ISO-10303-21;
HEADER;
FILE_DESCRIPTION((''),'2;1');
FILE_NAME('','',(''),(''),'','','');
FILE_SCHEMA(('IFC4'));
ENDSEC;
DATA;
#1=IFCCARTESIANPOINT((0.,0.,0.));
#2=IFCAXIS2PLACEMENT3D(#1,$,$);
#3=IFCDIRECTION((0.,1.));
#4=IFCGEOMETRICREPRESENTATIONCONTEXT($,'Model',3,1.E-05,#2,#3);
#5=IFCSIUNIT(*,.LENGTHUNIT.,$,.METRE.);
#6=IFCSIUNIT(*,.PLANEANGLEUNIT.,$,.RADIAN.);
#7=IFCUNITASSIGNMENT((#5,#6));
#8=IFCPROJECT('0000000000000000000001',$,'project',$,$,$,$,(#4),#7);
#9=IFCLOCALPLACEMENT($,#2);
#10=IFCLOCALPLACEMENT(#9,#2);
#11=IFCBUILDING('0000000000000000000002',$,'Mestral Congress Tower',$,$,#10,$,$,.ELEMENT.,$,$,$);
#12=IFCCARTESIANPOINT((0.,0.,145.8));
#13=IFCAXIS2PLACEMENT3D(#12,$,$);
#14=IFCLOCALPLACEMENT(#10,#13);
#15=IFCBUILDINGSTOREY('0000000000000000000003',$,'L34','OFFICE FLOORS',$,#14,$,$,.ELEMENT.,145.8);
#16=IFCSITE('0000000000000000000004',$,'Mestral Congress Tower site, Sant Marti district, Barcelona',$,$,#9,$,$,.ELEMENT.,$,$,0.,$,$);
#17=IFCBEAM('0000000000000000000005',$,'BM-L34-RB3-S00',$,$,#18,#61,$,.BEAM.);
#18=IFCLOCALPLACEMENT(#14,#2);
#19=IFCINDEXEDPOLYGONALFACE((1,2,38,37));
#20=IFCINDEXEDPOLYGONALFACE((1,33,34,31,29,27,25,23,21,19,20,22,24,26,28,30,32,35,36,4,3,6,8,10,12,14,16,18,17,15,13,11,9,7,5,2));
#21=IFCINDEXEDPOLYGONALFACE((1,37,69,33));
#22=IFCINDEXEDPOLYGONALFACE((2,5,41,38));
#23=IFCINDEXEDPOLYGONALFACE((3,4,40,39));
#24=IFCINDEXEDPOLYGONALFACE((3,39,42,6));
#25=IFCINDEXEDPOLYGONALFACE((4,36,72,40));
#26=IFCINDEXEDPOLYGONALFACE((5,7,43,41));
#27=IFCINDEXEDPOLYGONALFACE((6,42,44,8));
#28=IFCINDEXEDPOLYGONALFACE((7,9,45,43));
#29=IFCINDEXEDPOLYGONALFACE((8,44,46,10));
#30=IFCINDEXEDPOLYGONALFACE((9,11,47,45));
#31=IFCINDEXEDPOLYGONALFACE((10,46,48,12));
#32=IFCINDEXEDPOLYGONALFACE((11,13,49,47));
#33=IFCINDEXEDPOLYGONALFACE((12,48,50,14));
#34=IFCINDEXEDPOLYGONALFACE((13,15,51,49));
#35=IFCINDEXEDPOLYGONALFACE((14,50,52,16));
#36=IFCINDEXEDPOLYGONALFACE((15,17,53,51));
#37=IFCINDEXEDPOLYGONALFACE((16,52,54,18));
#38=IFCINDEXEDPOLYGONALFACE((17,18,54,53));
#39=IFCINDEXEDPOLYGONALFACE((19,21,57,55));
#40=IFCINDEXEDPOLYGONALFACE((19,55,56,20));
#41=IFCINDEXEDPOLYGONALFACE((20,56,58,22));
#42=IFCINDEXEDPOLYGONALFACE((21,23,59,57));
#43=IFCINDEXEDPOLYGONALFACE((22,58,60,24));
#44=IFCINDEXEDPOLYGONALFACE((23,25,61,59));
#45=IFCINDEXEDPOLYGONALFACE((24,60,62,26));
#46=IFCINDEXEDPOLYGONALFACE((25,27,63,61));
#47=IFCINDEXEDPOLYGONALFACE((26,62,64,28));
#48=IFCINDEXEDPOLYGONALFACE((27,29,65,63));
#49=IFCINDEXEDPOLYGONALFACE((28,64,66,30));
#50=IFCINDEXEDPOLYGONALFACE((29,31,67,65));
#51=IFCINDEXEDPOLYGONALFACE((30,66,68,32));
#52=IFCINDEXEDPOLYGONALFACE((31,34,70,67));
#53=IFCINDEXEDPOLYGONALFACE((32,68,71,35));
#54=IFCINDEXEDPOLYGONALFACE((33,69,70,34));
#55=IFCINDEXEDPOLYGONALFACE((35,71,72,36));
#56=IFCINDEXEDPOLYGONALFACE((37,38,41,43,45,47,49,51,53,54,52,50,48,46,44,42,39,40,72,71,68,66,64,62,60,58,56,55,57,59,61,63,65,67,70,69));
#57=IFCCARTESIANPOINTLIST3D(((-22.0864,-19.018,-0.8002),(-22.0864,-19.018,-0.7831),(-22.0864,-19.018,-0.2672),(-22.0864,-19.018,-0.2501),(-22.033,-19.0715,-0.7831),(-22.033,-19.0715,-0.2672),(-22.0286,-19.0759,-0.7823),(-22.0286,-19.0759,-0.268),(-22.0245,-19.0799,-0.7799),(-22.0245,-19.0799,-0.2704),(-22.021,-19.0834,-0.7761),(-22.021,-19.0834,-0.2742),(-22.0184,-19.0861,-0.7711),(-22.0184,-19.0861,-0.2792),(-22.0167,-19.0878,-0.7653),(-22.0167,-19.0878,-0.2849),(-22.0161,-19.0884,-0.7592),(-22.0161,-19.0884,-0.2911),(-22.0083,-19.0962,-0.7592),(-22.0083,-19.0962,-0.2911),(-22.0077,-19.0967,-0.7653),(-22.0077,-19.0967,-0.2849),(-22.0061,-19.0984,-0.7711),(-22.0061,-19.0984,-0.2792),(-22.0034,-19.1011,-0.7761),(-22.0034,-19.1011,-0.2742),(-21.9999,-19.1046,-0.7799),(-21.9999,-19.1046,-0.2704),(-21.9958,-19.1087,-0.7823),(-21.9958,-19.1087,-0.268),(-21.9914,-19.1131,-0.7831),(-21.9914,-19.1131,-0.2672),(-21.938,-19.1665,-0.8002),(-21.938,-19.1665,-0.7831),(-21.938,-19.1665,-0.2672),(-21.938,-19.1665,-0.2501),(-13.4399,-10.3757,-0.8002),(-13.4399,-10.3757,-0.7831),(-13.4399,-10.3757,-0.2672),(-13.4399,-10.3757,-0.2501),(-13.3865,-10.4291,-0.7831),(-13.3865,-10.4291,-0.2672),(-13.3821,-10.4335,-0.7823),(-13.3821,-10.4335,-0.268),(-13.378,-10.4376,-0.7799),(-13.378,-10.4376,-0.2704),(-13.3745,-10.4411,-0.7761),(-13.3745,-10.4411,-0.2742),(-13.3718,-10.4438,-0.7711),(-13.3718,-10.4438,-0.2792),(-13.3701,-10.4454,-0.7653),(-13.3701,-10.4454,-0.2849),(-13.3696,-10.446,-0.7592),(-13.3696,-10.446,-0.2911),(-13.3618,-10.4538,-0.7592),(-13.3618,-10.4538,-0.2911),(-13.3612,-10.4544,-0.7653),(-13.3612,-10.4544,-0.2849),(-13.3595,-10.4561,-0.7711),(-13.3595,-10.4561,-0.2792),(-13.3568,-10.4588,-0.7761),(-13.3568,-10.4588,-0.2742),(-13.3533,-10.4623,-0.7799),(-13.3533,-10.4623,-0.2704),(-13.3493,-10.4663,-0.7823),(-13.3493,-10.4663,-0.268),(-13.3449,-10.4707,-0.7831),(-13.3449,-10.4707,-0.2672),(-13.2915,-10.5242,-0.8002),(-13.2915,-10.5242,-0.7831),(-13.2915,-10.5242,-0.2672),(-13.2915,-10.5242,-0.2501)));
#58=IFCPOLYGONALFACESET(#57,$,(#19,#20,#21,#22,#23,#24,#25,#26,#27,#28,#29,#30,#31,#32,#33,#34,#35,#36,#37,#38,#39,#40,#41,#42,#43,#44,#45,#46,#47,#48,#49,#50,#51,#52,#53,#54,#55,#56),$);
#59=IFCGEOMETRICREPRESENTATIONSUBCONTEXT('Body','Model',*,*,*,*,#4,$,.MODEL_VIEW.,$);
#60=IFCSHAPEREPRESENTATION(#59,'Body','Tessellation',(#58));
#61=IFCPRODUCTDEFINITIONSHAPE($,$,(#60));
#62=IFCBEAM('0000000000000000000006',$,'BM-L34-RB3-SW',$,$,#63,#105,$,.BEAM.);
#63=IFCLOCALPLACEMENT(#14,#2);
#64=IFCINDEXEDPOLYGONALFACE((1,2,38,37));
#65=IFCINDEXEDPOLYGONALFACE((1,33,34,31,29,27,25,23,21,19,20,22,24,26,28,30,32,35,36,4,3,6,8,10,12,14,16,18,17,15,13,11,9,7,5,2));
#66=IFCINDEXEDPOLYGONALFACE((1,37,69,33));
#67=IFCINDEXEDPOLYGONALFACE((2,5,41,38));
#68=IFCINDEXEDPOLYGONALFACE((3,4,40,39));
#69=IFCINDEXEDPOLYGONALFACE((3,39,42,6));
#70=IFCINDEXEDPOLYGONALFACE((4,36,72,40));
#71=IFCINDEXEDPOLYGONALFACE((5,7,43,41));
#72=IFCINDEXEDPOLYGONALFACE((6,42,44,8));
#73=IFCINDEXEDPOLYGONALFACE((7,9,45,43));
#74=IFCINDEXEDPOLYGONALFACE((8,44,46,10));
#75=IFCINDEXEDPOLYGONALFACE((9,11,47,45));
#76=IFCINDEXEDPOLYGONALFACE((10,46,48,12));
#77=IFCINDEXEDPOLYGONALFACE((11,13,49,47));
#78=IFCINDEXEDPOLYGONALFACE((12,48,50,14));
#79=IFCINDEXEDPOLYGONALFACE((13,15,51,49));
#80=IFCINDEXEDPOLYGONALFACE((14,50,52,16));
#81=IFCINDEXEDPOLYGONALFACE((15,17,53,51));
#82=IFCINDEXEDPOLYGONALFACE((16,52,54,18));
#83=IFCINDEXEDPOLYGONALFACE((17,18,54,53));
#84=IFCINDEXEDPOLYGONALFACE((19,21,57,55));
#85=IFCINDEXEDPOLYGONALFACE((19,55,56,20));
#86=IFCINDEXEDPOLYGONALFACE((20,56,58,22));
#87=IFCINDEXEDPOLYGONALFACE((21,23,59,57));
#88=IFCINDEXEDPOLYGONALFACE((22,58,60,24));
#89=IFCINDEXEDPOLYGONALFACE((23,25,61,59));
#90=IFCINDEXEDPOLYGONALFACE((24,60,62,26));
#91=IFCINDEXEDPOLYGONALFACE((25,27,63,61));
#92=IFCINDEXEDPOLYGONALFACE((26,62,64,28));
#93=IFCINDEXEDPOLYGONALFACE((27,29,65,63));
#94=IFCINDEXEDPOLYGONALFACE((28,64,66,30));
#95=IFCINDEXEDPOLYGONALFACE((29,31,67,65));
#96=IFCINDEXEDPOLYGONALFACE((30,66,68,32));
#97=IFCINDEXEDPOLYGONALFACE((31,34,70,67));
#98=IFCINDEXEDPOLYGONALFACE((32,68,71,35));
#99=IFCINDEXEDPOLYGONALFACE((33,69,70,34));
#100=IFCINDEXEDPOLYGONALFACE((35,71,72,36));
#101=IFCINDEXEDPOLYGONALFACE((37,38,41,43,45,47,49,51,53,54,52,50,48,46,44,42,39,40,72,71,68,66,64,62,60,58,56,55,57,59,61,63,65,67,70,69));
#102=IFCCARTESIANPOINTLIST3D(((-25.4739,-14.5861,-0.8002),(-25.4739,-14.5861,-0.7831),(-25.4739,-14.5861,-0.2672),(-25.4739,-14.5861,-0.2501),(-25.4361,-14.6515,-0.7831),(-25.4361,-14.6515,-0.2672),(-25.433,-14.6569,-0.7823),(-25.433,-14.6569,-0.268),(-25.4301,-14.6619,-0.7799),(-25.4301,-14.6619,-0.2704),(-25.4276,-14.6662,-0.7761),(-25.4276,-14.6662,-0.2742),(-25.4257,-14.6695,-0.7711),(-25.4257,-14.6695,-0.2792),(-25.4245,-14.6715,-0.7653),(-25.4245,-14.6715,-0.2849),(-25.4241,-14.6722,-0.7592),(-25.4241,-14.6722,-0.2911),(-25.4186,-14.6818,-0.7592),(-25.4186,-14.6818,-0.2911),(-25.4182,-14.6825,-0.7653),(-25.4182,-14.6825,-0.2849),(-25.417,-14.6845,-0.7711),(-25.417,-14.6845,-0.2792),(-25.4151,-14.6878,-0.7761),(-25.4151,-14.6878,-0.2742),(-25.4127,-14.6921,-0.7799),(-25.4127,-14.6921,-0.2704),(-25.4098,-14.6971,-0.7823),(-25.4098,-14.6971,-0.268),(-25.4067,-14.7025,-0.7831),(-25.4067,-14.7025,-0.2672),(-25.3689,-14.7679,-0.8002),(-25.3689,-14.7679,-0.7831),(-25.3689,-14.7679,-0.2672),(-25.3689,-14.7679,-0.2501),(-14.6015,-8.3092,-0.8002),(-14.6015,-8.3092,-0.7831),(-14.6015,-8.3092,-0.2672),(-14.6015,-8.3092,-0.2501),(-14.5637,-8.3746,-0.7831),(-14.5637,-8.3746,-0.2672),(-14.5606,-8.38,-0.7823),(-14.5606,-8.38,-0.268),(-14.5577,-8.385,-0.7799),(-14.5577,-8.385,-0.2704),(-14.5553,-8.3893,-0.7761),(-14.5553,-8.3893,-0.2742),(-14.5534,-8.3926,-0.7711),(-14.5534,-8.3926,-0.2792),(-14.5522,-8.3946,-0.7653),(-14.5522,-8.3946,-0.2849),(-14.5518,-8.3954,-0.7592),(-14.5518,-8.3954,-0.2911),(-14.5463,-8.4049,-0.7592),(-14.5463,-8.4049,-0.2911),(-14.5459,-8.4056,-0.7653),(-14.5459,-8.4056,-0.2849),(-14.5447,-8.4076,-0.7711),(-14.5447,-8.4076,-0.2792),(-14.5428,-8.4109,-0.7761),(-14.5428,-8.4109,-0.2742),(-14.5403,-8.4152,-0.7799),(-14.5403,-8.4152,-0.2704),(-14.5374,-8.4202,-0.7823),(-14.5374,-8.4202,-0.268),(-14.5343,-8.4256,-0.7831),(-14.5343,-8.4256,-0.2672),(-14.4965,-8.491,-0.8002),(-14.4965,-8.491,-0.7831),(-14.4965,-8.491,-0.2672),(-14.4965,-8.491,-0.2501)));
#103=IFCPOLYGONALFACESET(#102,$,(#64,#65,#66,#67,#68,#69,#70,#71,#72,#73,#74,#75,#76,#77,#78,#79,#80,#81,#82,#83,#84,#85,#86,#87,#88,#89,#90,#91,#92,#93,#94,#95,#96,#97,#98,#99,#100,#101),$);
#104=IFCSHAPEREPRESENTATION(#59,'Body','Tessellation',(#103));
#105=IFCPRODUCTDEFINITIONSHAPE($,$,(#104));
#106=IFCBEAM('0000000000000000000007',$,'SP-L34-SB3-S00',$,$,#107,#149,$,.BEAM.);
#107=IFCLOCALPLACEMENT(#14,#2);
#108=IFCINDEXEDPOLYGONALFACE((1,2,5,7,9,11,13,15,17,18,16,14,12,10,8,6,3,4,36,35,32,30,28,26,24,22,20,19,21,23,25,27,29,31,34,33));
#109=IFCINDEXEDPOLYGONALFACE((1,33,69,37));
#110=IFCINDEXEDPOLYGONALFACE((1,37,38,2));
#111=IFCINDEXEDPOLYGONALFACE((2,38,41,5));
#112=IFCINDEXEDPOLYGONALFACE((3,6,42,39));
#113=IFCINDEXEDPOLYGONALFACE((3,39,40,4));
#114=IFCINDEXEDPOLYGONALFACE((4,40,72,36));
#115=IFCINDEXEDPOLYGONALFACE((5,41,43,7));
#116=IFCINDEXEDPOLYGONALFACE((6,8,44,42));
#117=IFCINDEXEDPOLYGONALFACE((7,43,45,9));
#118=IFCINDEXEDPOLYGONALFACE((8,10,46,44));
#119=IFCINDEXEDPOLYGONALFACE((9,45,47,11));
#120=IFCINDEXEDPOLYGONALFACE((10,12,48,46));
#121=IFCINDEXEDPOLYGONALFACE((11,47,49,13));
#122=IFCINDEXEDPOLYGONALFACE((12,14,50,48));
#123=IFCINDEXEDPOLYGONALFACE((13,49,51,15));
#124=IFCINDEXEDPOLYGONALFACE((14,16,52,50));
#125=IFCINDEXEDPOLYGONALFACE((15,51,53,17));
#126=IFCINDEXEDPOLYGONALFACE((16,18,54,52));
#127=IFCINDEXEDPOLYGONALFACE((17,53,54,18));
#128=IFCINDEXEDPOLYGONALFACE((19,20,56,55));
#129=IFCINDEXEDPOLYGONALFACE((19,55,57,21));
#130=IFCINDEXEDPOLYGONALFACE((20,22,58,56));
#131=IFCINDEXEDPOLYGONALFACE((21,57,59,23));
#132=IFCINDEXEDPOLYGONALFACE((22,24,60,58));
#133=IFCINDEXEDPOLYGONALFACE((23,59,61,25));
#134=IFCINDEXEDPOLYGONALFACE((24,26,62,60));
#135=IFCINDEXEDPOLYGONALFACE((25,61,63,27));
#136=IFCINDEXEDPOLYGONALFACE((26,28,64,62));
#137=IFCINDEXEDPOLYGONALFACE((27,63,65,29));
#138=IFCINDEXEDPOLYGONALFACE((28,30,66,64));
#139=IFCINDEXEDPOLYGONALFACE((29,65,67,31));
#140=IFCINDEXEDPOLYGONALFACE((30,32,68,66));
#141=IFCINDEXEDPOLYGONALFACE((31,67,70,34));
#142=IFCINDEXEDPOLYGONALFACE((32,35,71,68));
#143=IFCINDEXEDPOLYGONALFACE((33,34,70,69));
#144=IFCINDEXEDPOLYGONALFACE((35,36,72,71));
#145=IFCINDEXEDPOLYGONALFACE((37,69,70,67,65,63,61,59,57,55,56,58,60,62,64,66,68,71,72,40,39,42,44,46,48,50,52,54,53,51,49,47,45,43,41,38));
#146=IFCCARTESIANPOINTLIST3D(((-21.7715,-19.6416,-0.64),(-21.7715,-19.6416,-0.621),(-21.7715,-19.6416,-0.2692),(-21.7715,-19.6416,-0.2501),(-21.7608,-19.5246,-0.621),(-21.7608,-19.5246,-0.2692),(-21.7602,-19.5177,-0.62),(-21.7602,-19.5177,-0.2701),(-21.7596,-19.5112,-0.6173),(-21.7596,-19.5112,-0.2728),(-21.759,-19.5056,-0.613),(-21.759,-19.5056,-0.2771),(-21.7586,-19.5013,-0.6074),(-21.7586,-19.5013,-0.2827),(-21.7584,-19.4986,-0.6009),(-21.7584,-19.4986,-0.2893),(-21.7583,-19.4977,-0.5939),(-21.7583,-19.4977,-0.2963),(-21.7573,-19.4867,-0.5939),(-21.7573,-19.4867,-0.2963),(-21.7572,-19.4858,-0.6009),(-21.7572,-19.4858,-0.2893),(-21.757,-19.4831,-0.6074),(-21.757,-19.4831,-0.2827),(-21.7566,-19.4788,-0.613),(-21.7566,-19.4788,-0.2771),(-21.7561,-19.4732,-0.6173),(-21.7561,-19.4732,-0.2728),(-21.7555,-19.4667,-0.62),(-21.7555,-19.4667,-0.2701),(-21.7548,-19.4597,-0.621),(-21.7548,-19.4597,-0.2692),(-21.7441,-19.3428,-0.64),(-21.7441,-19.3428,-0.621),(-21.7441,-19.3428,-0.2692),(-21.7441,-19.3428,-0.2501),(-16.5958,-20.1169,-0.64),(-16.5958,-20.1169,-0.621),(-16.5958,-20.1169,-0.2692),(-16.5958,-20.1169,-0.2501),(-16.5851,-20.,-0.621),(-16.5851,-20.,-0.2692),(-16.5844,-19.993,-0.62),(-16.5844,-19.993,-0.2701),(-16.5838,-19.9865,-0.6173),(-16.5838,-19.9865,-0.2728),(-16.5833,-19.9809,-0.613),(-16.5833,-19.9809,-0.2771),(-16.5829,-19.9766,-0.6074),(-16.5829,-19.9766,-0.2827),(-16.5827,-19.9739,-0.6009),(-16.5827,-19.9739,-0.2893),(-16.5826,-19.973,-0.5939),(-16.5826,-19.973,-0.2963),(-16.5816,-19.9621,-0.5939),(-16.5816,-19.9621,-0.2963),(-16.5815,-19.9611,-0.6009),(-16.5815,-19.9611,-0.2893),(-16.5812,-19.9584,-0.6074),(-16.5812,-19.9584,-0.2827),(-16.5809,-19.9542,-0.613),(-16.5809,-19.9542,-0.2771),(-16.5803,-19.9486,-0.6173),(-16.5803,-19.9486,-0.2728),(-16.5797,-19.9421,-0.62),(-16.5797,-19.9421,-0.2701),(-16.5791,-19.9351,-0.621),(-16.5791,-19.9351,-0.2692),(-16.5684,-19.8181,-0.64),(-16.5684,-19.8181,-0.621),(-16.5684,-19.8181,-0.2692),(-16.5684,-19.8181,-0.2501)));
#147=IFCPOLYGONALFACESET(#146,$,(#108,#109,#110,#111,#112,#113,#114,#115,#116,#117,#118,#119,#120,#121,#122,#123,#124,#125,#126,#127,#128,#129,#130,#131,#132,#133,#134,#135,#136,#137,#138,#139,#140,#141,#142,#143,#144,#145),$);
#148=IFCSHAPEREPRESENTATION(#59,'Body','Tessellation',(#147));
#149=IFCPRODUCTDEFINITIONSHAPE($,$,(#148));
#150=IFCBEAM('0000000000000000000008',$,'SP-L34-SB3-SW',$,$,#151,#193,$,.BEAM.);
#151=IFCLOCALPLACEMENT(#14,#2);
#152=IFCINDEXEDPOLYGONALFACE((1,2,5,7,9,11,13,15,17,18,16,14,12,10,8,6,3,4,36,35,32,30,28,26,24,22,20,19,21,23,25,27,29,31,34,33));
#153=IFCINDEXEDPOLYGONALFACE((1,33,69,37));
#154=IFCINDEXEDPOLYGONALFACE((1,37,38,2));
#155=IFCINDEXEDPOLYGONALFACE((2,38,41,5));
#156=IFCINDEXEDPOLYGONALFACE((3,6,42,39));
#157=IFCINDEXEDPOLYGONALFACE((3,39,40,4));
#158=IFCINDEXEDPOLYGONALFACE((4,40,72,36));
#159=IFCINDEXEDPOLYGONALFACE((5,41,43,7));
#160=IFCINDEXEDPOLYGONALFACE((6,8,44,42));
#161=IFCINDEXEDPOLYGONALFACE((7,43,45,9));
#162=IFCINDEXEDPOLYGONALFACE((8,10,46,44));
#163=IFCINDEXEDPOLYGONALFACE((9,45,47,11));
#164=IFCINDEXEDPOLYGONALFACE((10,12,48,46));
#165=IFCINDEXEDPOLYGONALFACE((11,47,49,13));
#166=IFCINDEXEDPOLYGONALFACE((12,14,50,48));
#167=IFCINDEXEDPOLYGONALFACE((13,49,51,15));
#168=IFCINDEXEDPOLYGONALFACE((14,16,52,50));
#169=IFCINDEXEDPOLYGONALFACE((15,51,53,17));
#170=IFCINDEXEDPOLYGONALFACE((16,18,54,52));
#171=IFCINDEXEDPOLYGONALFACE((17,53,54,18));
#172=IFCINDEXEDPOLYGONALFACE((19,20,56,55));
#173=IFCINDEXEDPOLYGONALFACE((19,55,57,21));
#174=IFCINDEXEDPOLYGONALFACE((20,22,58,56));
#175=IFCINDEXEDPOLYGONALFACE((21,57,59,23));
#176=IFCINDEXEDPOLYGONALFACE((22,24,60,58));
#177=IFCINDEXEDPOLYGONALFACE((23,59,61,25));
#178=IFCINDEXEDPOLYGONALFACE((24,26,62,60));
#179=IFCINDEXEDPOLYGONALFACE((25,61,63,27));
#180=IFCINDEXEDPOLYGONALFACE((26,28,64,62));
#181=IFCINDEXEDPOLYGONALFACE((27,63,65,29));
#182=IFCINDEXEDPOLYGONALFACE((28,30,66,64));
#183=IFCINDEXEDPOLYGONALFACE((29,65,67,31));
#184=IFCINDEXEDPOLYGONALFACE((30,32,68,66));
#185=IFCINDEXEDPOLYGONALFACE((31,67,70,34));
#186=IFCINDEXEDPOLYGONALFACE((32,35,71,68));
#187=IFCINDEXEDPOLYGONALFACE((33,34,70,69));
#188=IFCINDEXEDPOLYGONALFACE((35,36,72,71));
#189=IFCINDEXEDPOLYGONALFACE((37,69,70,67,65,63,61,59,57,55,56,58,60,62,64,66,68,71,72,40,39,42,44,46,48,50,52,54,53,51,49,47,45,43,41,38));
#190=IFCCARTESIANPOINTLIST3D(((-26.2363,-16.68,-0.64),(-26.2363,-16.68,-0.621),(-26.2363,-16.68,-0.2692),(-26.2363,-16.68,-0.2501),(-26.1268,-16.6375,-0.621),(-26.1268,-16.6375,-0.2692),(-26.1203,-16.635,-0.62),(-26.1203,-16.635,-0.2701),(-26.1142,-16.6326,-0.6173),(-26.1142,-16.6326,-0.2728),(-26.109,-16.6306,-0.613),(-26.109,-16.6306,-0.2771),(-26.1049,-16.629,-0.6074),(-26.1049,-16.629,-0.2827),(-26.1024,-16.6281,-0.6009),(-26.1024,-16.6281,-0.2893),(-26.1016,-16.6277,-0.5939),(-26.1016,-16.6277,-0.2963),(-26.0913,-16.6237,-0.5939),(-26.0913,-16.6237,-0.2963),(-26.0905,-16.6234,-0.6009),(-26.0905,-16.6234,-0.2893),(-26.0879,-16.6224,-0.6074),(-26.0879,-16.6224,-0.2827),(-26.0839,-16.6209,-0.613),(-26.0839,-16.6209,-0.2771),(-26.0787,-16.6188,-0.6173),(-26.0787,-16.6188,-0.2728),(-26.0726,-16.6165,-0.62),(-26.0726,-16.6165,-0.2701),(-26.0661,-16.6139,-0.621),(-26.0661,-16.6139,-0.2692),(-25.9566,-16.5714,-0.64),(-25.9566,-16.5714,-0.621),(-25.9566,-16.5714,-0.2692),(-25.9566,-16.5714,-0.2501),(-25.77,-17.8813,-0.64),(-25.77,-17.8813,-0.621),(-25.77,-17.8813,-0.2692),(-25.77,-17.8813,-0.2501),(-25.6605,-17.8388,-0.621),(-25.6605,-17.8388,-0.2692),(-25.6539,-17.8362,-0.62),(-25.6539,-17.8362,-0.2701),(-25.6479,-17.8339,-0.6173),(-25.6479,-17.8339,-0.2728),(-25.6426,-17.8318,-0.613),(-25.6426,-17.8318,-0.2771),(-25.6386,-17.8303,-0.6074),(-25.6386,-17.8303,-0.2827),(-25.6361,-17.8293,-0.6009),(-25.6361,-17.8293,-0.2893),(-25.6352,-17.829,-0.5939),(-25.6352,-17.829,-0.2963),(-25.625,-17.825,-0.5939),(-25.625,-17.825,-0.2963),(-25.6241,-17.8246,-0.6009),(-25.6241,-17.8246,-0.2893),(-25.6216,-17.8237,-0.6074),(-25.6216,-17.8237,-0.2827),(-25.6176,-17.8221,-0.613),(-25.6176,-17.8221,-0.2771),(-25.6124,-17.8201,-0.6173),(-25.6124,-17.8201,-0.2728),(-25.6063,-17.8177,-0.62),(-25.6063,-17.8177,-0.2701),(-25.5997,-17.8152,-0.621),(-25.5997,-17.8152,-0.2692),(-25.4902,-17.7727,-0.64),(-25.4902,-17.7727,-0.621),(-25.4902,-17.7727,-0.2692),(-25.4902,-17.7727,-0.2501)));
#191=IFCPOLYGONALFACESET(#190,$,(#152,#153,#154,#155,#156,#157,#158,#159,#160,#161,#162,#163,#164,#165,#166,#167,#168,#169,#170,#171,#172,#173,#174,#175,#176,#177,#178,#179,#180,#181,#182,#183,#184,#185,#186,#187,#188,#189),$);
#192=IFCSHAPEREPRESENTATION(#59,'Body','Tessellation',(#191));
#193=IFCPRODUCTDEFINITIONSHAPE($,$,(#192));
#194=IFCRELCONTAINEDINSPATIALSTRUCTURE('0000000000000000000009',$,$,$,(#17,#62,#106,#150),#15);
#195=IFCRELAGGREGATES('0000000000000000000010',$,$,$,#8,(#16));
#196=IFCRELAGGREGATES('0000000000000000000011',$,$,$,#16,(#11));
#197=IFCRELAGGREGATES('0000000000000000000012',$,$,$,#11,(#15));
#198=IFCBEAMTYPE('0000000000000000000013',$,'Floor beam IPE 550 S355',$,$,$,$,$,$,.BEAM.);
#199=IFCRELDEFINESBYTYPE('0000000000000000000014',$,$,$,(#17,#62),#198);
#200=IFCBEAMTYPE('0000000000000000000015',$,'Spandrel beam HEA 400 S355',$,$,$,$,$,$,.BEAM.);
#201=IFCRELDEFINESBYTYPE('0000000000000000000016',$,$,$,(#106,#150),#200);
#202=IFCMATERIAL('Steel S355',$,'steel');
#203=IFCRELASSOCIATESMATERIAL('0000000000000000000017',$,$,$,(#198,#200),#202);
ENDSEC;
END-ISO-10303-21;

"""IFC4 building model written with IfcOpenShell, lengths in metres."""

from ifc_helpers import new_model, si_unit, direction, frame, origin, origin_2d, place, context, subcontext, project, spatial, i_section, extrude, material, material_profile, profile_set, type_object, element, save


model = new_model("IFC4")

# Units and contexts
model_context = context("Model", 3, precision=1e-05, world=origin(), true_north=direction((0.0, 1.0)))
body_context = subcontext(model_context, "Body", "Model", "MODEL_VIEW")
ifc_project = project(units=[si_unit("LENGTHUNIT", "METRE"), si_unit("PLANEANGLEUNIT", "RADIAN")], contexts=[model_context])

# Site, building, storey
site_placement = place(None, origin())
site = spatial("IfcSite", under=ifc_project, at=site_placement, Name="Mestral Congress Tower site, Sant Marti district, Barcelona", CompositionType="ELEMENT", RefElevation=0.0)
building_placement = place(site_placement, origin())
building = spatial("IfcBuilding", under=site, at=building_placement, Name="Mestral Congress Tower", CompositionType="ELEMENT")
storey_placement = place(building_placement, frame((0.0, 0.0, 145.8)))
storey = spatial("IfcBuildingStorey", under=building, at=storey_placement, Name="L34", Description="OFFICE FLOORS", CompositionType="ELEMENT", Elevation=145.8)

# Beams
ifc_material_1 = material(Name="Steel S355", Category="steel")
ifc_material_profile_1 = material_profile(ifc_material_1, i_section(OverallWidth=0.21, OverallDepth=0.55, WebThickness=0.011, FlangeThickness=0.0171, FilletRadius=0.0239, at=origin_2d()), Name="IPE 550")
ifc_profile_set_1 = profile_set([ifc_material_profile_1], Name="Steel S355")
beam_type_1 = type_object("IfcBeamType", Name="Floor beam IPE 550 S355", PredefinedType="BEAM", material=ifc_profile_set_1)
beam_1_placement = place(storey_placement, frame((-22.0122, -19.0923, -0.5251), z_axis=(0.707277, 0.706937, 0.0), x_axis=(-0.706937, 0.707277, 0.0)))
element("IfcBeam", 1, at=beam_1_placement, inside=storey, type_object=beam_type_1, Name="BM-L34-RB3-S00", PredefinedType="BEAM", context=body_context, shape_type="SweptSolid", body=[
    extrude(i_section(OverallWidth=0.21, OverallDepth=0.55, WebThickness=0.011, FlangeThickness=0.0171, FilletRadius=0.0239, at=origin_2d()), origin(), (0.0, 0.0, 1.0), 12.2251),
])
beam_2_placement = place(storey_placement, frame((-25.4214, -14.677, -0.5251), z_axis=(0.866035, 0.499983, 0.0), x_axis=(-0.499983, 0.866035, 0.0)))
element("IfcBeam", 2, at=beam_2_placement, inside=storey, type_object=beam_type_1, Name="BM-L34-RB3-SW", PredefinedType="BEAM", context=body_context, shape_type="SweptSolid", body=[
    extrude(i_section(OverallWidth=0.21, OverallDepth=0.55, WebThickness=0.011, FlangeThickness=0.0171, FilletRadius=0.0239, at=origin_2d()), origin(), (0.0, 0.0, 1.0), 12.5542),
])
ifc_material_profile_2 = material_profile(ifc_material_1, i_section(OverallWidth=0.3, OverallDepth=0.3899, WebThickness=0.011, FlangeThickness=0.019, FilletRadius=0.0271, at=origin_2d()), Name="HEA 400")
ifc_profile_set_2 = profile_set([ifc_material_profile_2], Name="Steel S355")
beam_type_2 = type_object("IfcBeamType", Name="Spandrel beam HEA 400 S355", PredefinedType="BEAM", material=ifc_profile_set_2)
beam_3_placement = place(storey_placement, frame((-21.7578, -19.4922, -0.4451), z_axis=(0.995809, -0.091455, 0.0), x_axis=(0.091455, 0.995809, 0.0)))
element("IfcBeam", 3, at=beam_3_placement, inside=storey, type_object=beam_type_2, Name="SP-L34-SB3-S00", PredefinedType="BEAM", context=body_context, shape_type="SweptSolid", body=[
    extrude(i_section(OverallWidth=0.3, OverallDepth=0.3899, WebThickness=0.011, FlangeThickness=0.019, FilletRadius=0.0271, at=origin_2d()), origin(), (0.0, 0.0, 1.0), 5.1975),
])
beam_4_placement = place(storey_placement, frame((-26.0964, -16.6257, -0.4451), z_axis=(0.361898, -0.932218, 0.0), x_axis=(0.932218, 0.361898, 0.0)))
element("IfcBeam", 4, at=beam_4_placement, inside=storey, type_object=beam_type_2, Name="SP-L34-SB3-SW", PredefinedType="BEAM", context=body_context, shape_type="SweptSolid", body=[
    extrude(i_section(OverallWidth=0.3, OverallDepth=0.3899, WebThickness=0.011, FlangeThickness=0.019, FilletRadius=0.0271, at=origin_2d()), origin(), (0.0, 0.0, 1.0), 1.2886),
])

save(model, "model.ifc")
